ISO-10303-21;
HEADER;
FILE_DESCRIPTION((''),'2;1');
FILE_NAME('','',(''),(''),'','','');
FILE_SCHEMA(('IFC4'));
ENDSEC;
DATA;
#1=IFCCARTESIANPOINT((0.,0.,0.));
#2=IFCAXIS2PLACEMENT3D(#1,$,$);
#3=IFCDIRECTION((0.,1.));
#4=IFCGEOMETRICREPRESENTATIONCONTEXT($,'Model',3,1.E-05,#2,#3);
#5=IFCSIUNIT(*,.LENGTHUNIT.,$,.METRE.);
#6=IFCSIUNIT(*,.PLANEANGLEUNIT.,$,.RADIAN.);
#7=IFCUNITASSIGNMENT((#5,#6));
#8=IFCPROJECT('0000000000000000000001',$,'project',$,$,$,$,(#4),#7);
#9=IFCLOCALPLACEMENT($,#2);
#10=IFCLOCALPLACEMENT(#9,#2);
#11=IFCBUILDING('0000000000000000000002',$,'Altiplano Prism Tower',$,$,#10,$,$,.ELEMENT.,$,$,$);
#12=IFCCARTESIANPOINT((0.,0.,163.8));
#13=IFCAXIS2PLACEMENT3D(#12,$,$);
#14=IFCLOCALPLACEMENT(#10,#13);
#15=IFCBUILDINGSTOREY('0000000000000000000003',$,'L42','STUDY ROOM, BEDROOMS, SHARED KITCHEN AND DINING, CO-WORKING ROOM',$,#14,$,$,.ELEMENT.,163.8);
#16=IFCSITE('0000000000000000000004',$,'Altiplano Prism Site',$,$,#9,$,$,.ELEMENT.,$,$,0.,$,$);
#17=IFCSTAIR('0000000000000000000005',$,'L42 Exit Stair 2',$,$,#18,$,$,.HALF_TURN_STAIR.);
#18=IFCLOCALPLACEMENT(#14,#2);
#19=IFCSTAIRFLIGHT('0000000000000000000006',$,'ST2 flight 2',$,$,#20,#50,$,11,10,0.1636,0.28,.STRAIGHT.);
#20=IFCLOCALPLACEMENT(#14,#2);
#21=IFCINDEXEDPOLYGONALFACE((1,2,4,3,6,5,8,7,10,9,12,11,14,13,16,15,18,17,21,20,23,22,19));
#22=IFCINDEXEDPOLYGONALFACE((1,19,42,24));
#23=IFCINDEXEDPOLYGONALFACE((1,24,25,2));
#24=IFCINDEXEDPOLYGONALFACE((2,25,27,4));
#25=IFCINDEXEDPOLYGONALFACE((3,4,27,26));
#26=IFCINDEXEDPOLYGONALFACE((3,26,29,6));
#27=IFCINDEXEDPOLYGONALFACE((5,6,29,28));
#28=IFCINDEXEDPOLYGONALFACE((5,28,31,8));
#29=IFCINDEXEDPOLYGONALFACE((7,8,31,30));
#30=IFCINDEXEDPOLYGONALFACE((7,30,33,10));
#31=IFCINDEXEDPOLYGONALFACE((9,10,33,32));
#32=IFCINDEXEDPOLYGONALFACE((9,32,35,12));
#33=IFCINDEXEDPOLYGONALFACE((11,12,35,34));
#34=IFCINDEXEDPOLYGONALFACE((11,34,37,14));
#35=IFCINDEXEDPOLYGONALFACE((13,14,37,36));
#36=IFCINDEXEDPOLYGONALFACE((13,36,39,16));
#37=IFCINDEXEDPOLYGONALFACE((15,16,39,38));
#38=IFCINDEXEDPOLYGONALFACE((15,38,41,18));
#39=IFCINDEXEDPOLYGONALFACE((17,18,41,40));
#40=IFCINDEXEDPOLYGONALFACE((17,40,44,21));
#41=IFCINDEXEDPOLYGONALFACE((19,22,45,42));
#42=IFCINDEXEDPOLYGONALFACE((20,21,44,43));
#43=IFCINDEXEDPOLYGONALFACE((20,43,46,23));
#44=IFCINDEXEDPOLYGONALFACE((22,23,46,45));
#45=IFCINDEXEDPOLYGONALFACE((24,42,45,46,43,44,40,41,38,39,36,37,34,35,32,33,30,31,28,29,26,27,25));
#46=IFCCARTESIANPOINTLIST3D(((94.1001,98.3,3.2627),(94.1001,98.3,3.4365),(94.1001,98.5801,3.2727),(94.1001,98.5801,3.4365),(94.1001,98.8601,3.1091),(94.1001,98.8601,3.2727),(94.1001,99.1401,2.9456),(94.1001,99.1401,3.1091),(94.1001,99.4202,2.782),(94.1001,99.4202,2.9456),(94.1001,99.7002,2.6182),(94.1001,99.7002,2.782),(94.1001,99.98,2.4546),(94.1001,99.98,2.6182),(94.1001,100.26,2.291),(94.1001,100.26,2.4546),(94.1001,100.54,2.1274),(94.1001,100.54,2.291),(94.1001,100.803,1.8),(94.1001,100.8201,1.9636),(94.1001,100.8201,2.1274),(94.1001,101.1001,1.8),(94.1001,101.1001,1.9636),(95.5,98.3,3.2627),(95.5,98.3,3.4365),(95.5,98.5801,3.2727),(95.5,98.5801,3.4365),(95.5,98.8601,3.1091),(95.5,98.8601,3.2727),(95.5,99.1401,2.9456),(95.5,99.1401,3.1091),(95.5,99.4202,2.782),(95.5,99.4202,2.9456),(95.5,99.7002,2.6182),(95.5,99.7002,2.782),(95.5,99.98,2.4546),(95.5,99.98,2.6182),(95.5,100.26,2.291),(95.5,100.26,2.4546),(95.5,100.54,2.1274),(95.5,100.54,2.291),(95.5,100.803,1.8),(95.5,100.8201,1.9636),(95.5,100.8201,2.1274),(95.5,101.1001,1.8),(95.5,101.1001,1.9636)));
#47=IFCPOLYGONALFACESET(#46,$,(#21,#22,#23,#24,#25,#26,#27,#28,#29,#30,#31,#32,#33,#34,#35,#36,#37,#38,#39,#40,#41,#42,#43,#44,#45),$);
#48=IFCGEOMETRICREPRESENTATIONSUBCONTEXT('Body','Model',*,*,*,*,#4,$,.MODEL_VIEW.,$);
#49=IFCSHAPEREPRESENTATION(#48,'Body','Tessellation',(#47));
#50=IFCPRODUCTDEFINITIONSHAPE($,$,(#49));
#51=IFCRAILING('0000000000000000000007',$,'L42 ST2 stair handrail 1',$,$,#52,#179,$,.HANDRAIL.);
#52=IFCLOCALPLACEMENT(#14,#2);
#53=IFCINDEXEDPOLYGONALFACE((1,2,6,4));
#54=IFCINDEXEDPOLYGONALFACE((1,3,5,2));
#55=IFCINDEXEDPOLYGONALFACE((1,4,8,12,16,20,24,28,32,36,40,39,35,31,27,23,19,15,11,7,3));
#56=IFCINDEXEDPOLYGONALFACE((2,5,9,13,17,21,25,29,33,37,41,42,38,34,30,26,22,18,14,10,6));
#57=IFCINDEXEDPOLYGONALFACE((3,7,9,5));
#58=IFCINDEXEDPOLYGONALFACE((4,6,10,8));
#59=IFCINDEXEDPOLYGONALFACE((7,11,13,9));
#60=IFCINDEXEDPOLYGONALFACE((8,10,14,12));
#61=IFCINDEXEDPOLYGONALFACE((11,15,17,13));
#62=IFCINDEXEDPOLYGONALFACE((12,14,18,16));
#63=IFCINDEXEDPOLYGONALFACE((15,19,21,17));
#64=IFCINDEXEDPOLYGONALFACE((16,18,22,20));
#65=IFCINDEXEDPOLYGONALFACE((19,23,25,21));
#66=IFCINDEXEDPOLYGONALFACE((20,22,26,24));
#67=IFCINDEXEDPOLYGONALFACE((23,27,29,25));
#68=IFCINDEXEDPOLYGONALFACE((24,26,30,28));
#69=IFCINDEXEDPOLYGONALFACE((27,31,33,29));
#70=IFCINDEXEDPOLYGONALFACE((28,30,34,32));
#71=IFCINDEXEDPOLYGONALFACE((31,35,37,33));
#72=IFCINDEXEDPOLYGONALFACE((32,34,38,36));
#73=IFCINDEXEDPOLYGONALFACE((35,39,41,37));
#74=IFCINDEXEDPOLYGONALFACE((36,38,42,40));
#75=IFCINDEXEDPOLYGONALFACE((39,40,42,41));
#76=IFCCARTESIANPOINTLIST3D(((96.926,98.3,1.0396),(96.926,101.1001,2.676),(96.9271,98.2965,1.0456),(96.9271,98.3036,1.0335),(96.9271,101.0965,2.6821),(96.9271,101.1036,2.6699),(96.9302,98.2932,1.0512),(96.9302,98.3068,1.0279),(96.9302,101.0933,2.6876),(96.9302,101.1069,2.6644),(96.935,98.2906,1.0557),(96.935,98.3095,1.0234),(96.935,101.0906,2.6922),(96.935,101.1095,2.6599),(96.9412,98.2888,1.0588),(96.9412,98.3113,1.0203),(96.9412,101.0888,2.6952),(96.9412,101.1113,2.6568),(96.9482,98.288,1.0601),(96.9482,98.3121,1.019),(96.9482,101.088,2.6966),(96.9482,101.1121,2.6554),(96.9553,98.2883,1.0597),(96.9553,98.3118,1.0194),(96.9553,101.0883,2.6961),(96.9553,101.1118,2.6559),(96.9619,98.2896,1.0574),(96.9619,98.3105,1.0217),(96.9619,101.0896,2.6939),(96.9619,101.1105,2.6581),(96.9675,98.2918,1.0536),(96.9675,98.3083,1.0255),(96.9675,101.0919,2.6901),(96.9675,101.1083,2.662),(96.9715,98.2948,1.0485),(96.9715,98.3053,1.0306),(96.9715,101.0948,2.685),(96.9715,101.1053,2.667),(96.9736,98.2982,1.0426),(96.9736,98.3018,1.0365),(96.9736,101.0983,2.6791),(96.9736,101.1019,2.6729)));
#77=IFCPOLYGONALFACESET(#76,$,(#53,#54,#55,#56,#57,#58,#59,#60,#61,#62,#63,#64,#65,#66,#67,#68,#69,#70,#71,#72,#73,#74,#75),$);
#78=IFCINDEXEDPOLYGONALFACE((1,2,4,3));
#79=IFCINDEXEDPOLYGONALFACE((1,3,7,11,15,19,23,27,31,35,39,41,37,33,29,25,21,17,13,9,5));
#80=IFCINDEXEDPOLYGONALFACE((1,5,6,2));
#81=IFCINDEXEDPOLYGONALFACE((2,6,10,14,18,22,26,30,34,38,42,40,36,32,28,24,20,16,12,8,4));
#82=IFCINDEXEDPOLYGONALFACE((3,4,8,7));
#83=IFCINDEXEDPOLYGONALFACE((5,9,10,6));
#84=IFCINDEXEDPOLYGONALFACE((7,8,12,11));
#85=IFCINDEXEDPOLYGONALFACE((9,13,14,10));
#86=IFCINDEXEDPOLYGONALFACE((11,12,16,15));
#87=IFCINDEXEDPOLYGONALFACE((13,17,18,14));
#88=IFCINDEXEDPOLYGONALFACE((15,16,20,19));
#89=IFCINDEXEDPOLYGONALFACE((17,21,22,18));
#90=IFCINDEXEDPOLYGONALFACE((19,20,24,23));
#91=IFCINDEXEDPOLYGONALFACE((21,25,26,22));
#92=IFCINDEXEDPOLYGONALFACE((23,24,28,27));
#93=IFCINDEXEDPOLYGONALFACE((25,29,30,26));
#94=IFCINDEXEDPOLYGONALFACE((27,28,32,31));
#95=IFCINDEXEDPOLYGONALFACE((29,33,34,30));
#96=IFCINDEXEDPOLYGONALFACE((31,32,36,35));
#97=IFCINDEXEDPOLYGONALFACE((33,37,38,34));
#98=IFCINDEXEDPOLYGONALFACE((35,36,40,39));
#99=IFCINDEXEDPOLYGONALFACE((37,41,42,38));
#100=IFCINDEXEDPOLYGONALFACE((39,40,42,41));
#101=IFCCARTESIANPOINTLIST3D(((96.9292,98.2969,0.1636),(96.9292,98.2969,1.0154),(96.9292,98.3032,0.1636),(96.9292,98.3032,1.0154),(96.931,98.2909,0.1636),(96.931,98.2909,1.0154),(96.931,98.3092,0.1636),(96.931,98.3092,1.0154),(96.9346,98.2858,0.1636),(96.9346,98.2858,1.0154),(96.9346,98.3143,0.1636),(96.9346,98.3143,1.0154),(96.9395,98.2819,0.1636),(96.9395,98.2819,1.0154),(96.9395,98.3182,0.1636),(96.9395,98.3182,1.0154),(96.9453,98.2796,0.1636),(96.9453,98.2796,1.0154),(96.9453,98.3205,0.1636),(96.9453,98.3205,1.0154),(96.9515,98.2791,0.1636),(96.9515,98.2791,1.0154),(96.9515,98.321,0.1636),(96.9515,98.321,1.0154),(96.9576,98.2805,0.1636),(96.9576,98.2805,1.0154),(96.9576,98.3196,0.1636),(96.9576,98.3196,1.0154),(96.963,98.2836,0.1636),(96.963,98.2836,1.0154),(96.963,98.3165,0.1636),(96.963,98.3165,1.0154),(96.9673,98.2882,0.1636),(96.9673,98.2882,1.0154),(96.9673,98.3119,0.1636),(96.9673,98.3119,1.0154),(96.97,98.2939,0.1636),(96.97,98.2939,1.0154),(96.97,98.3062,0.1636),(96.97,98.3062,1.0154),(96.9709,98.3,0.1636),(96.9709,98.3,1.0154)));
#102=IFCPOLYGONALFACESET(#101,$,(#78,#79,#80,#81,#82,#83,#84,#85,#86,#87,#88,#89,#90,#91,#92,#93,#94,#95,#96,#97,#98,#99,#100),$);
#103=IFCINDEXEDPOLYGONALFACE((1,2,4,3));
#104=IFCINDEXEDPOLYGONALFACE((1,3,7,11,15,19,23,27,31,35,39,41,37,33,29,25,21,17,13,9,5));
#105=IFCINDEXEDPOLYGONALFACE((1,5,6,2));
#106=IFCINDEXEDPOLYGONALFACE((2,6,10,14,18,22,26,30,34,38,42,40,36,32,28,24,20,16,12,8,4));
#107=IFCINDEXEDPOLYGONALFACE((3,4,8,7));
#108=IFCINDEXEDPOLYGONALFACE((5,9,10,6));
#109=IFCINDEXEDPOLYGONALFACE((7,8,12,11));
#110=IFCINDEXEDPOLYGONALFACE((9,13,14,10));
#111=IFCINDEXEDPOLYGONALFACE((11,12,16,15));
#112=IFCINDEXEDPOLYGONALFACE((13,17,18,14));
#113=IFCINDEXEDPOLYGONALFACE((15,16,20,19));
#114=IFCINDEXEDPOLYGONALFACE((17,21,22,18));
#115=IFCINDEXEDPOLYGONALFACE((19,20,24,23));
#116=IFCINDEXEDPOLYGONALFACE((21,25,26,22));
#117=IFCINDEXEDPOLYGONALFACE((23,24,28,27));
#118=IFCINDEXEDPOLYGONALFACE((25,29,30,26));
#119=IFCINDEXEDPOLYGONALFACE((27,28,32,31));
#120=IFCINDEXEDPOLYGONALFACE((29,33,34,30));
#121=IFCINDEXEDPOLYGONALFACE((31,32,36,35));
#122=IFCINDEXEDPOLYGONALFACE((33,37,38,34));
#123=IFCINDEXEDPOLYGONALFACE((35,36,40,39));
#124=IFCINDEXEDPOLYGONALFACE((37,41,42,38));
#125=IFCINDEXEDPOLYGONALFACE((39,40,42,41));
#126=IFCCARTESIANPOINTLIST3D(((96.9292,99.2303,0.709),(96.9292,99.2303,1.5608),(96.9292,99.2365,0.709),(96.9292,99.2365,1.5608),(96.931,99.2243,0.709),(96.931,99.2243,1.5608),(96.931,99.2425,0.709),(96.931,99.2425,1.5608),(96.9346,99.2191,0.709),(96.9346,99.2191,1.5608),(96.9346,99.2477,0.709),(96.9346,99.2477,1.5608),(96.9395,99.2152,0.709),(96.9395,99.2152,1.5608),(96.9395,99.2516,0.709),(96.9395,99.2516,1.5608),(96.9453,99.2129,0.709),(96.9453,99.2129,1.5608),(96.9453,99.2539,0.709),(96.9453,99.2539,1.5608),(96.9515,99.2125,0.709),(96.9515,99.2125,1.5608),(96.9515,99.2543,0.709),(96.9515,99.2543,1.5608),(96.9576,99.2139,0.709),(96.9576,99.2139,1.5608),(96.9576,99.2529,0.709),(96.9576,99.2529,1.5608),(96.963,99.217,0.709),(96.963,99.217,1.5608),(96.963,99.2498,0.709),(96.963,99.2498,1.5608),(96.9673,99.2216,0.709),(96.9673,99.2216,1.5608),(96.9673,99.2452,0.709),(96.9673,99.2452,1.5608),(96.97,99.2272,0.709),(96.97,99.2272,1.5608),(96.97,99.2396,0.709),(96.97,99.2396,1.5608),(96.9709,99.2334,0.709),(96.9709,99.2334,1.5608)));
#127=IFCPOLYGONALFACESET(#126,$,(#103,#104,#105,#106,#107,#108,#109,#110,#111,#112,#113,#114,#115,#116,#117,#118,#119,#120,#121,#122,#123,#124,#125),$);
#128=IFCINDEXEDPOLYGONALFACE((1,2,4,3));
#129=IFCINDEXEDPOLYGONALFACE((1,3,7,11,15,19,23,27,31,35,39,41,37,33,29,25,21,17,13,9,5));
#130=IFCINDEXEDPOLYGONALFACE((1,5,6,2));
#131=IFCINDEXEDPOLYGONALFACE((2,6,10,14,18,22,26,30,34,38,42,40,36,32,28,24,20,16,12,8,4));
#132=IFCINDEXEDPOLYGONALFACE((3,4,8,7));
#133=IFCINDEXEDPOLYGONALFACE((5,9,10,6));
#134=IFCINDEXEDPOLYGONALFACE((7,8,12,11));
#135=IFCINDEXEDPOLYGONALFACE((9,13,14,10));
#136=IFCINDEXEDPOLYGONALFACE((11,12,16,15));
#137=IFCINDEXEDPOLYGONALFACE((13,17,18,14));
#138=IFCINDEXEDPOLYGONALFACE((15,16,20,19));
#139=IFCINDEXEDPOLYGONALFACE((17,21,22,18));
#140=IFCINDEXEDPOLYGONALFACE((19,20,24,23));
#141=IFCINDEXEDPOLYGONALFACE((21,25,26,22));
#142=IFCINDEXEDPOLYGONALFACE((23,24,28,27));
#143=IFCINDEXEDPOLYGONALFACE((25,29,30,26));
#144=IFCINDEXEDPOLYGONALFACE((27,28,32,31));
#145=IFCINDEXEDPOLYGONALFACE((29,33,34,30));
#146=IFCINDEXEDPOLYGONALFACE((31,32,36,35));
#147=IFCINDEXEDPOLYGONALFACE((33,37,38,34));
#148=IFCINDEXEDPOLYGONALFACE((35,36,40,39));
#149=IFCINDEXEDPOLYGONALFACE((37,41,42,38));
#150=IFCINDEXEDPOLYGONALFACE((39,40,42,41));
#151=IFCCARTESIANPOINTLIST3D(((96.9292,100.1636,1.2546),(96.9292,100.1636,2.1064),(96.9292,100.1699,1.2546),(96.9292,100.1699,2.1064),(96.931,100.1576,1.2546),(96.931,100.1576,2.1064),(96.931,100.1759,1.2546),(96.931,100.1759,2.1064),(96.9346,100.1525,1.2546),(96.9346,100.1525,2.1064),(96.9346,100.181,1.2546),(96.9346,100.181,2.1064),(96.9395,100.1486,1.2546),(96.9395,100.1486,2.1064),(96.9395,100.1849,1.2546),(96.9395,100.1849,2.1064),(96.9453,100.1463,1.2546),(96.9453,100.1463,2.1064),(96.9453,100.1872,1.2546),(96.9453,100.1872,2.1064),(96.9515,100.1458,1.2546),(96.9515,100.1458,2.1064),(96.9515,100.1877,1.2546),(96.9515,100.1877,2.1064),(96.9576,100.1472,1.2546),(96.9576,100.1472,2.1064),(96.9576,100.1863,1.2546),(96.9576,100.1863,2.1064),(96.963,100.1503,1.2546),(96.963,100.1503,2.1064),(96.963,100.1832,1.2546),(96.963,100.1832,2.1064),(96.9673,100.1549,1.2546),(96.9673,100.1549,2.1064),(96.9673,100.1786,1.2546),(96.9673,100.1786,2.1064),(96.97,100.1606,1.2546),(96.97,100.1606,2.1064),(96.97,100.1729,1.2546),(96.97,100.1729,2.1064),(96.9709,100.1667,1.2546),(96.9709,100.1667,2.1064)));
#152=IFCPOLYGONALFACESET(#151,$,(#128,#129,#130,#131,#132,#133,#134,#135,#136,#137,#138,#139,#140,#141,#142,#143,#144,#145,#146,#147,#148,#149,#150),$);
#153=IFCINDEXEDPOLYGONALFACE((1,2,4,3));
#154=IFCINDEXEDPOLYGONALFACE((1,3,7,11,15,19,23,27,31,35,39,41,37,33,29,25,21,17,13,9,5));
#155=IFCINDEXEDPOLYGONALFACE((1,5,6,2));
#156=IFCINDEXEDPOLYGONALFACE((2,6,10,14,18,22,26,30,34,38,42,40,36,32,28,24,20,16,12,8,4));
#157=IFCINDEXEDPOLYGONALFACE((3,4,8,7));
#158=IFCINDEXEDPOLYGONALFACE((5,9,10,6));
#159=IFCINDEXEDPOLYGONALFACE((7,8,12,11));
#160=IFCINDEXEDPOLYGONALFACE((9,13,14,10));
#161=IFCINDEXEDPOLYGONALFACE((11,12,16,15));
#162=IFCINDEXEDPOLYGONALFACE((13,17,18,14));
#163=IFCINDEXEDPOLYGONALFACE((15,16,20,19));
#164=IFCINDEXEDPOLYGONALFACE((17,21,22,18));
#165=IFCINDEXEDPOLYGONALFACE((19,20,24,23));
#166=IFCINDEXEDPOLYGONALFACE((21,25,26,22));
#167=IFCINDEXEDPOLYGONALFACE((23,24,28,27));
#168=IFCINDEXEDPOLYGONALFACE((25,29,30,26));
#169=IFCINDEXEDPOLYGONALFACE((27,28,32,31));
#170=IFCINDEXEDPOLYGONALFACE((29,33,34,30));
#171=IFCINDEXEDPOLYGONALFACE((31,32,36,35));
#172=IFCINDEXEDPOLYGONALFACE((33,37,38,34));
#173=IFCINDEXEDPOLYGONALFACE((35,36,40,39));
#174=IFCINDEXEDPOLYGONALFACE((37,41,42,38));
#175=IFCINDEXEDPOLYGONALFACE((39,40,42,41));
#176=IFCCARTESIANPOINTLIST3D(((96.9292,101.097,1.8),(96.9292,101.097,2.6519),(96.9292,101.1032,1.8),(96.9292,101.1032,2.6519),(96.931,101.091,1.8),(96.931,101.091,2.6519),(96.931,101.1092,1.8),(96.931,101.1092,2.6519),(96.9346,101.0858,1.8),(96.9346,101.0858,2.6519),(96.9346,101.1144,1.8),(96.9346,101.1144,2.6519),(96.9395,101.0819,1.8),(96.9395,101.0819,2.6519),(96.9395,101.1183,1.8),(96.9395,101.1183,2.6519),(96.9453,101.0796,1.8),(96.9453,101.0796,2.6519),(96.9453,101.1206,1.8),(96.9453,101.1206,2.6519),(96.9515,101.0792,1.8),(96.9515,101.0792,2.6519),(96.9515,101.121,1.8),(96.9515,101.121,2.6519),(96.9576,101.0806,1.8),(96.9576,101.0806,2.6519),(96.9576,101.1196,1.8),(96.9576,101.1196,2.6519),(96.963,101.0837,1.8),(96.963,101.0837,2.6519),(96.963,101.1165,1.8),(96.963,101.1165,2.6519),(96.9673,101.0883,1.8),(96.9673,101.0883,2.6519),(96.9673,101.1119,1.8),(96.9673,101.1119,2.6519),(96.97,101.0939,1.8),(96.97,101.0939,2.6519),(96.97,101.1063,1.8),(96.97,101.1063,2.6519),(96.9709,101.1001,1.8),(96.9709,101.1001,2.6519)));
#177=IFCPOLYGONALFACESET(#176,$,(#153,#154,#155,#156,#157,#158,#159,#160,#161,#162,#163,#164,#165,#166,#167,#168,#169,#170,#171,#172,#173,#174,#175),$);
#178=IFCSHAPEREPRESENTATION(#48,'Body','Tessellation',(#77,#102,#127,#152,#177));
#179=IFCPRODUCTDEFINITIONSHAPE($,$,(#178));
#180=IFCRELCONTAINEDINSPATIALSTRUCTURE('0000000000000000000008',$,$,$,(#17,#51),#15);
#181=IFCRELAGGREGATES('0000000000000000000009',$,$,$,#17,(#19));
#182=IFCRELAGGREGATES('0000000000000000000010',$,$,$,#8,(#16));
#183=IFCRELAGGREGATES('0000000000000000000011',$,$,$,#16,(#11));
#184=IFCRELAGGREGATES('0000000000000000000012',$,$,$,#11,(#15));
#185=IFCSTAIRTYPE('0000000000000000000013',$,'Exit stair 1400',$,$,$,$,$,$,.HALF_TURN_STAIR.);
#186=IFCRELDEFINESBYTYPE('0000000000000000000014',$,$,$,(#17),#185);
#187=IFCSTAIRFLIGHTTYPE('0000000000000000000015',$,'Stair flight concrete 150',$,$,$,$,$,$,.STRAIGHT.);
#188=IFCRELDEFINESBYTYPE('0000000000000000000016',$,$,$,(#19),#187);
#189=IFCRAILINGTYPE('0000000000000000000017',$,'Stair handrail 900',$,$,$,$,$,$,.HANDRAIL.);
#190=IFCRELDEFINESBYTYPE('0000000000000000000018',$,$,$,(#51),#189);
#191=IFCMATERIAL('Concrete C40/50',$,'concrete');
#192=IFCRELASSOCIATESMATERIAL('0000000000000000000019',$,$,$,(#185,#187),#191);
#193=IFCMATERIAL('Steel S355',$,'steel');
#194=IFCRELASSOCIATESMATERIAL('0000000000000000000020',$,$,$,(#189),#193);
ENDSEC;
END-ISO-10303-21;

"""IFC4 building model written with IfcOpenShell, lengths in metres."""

from ifc_helpers import new_model, si_unit, direction, frame, origin, origin_2d, place, context, subcontext, project, spatial, polyline, circle, outline, extrude, material, type_object, element, aggregate, save


model = new_model("IFC4")

# Units and contexts
model_context = context("Model", 3, precision=1e-05, world=origin(), true_north=direction((0.0, 1.0)))
body_context = subcontext(model_context, "Body", "Model", "MODEL_VIEW")
ifc_project = project(units=[si_unit("LENGTHUNIT", "METRE"), si_unit("PLANEANGLEUNIT", "RADIAN")], contexts=[model_context])

# Site, building, storey
site_placement = place(None, origin())
site = spatial("IfcSite", under=ifc_project, at=site_placement, Name="Altiplano Prism Site", CompositionType="ELEMENT", RefElevation=0.0)
building_placement = place(site_placement, origin())
building = spatial("IfcBuilding", under=site, at=building_placement, Name="Altiplano Prism Tower", CompositionType="ELEMENT")
storey_placement = place(building_placement, frame((0.0, 0.0, 163.8)))
storey = spatial("IfcBuildingStorey", under=building, at=storey_placement, Name="L42", Description="STUDY ROOM, BEDROOMS, SHARED KITCHEN AND DINING, CO-WORKING ROOM", CompositionType="ELEMENT", Elevation=163.8)

# Shared definitions
ifc_material_1 = material(Name="Steel S355", Category="steel")

# Stair, stair flight
ifc_material_2 = material(Name="Concrete C40/50", Category="concrete")
stair_type = type_object("IfcStairType", Name="Exit stair 1400", PredefinedType="HALF_TURN_STAIR", material=ifc_material_2)
stair_placement = place(storey_placement, origin())
stair = element("IfcStair", 1, at=stair_placement, inside=storey, type_object=stair_type, Name="L42 Exit Stair 2", PredefinedType="HALF_TURN_STAIR")
stair_flight_type = type_object("IfcStairFlightType", Name="Stair flight concrete 150", PredefinedType="STRAIGHT", material=ifc_material_2)
stair_flight_1_placement = place(storey_placement, frame((94.8, 101.1001, 1.8), z_axis=(0.0, 0.0, 1.0), x_axis=(0.0, -1.0, 0.0)))
stair_flight_1 = element("IfcStairFlight", 2, at=stair_flight_1_placement, type_object=stair_flight_type, Name="ST2 flight 2", NumberOfRisers=11, NumberOfTreads=10, PredefinedType="STRAIGHT", RiserHeight=0.1636, TreadLength=0.28, context=body_context, shape_type="SweptSolid", body=[
    extrude(outline(polyline([(0.0, 0.0), (0.0, 0.1636), (0.28, 0.1636), (0.28, 0.3274), (0.5601, 0.3274), (0.5601, 0.491), (0.8401, 0.491), (0.8401, 0.6545), (1.1201, 0.6545), (1.1201, 0.8181), (1.3999, 0.8181), (1.3999, 0.9819), (1.6799, 0.9819), (1.6799, 1.1455), (1.96, 1.1455), (1.96, 1.3091), (2.24, 1.3091), (2.24, 1.4727), (2.52, 1.4727), (2.52, 1.6365), (2.8, 1.6365), (2.8, 1.8), (2.8, 1.4626), (0.2971, 0.0), (0.0, 0.0)])), frame((0.0, 0.7, 0.0), z_axis=(0.0, -1.0, 0.0), x_axis=(1.0, 0.0, 0.0)), (0.0, 0.0, 1.0), 1.3999),
])
aggregate(stair, [stair_flight_1])

# Railing
railing_type_1 = type_object("IfcRailingType", Name="Stair handrail 900", PredefinedType="HANDRAIL", material=ifc_material_1)
railing_1_placement = place(storey_placement, frame((96.95, 98.3, 0.1636)))
element("IfcRailing", 3, at=railing_1_placement, inside=storey, type_object=railing_type_1, Name="L42 ST2 stair handrail 1", PredefinedType="HANDRAIL", context=body_context, shape_type="SweptSolid", body=[
    extrude(circle(Radius=0.0239, at=origin_2d()), frame((0.0, 0.0, 0.876), z_axis=(0.0, 0.863361, 0.504587), x_axis=(-1.0, 0.0, 0.0)), (0.0, 0.0, 1.0), 3.2432),
    extrude(circle(Radius=0.021, at=origin_2d()), origin(), (0.0, 0.0, 1.0), 0.8518),
    extrude(circle(Radius=0.021, at=origin_2d()), frame((0.0, 0.9333, 0.5454)), (0.0, 0.0, 1.0), 0.8518),
    extrude(circle(Radius=0.021, at=origin_2d()), frame((0.0, 1.8667, 1.0911)), (0.0, 0.0, 1.0), 0.8518),
    extrude(circle(Radius=0.021, at=origin_2d()), frame((0.0, 2.8, 1.6365)), (0.0, 0.0, 1.0), 0.8518),
])

save(model, "model.ifc")
